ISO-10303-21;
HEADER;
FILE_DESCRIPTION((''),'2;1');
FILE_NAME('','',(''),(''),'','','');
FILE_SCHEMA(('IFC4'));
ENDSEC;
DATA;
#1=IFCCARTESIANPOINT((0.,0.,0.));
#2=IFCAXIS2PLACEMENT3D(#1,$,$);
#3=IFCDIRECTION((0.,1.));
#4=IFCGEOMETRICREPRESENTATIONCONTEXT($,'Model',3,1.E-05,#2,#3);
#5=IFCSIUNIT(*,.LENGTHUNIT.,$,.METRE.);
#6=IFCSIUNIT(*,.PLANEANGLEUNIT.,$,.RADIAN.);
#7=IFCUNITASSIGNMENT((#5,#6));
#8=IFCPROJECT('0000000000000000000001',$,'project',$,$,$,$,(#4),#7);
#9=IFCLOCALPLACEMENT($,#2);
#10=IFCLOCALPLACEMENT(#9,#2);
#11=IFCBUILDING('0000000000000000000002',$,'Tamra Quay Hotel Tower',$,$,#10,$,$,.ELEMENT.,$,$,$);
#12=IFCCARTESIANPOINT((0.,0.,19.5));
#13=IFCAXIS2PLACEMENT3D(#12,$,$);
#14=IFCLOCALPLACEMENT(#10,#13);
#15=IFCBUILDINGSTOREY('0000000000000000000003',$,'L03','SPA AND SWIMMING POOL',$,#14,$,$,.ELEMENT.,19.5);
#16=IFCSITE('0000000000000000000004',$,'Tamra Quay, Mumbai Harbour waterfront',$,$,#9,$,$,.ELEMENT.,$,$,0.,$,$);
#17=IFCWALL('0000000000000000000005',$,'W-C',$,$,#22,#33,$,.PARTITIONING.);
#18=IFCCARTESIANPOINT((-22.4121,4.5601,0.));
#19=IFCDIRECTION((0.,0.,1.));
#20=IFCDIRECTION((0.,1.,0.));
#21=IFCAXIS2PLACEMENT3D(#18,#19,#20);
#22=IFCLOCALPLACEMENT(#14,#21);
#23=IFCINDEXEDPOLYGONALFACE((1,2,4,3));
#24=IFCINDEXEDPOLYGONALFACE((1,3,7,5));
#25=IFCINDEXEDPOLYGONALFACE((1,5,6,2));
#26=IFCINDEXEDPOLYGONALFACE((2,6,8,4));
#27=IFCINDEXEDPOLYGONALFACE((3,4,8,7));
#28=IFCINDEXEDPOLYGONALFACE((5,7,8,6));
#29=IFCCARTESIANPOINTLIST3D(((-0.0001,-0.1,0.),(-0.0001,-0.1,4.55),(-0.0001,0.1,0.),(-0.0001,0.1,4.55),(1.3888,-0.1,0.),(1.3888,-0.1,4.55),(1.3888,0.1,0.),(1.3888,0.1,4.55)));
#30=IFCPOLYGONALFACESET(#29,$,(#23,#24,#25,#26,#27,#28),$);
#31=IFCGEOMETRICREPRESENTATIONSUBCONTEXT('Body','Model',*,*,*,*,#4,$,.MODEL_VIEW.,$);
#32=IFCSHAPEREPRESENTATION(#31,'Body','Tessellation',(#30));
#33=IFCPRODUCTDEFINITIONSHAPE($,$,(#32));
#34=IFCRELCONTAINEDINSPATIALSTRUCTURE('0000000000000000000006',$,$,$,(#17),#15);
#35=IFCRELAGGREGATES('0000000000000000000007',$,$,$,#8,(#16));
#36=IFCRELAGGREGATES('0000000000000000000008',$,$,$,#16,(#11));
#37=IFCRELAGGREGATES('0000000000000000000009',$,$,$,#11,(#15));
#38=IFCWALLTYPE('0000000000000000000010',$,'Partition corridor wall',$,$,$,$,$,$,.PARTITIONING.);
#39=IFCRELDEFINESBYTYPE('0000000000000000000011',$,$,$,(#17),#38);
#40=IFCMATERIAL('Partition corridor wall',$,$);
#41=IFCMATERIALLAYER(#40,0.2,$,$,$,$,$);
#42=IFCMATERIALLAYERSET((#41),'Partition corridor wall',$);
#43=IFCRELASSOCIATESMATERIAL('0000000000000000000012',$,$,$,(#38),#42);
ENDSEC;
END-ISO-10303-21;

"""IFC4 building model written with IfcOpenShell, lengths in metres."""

from ifc_helpers import new_model, si_unit, direction, frame, frame_2d, origin, place, context, subcontext, project, spatial, rectangle, extrude, material, layer, layer_set, type_object, element, save


model = new_model("IFC4")

# Units and contexts
model_context = context("Model", 3, precision=1e-05, world=origin(), true_north=direction((0.0, 1.0)))
body_context = subcontext(model_context, "Body", "Model", "MODEL_VIEW")
ifc_project = project(units=[si_unit("LENGTHUNIT", "METRE"), si_unit("PLANEANGLEUNIT", "RADIAN")], contexts=[model_context])

# Site, building, storey
site_placement = place(None, origin())
site = spatial("IfcSite", under=ifc_project, at=site_placement, Name="Tamra Quay, Mumbai Harbour waterfront", CompositionType="ELEMENT", RefElevation=0.0)
building_placement = place(site_placement, origin())
building = spatial("IfcBuilding", under=site, at=building_placement, Name="Tamra Quay Hotel Tower", CompositionType="ELEMENT")
storey_placement = place(building_placement, frame((0.0, 0.0, 19.5)))
storey = spatial("IfcBuildingStorey", under=building, at=storey_placement, Name="L03", Description="SPA AND SWIMMING POOL", CompositionType="ELEMENT", Elevation=19.5)

# Wall
ifc_material_1 = material(Name="Partition corridor wall")
ifc_layer_1 = layer(ifc_material_1, 0.2)
ifc_layer_set_1 = layer_set([ifc_layer_1], Name="Partition corridor wall")
wall_type_1 = type_object("IfcWallType", Name="Partition corridor wall", PredefinedType="PARTITIONING", material=ifc_layer_set_1)
wall_1_placement = place(storey_placement, frame((-22.4121, 4.5601, 0.0), z_axis=(0.0, 0.0, 1.0), x_axis=(0.0, 1.0, 0.0)))
element("IfcWall", 1, at=wall_1_placement, inside=storey, type_object=wall_type_1, Name="W-C", PredefinedType="PARTITIONING", context=body_context, shape_type="SweptSolid", body=[
    extrude(rectangle(XDim=1.3889, YDim=0.2, at=frame_2d((0.6943, 0.0))), origin(), (0.0, 0.0, 1.0), 4.55),
])

save(model, "model.ifc")
